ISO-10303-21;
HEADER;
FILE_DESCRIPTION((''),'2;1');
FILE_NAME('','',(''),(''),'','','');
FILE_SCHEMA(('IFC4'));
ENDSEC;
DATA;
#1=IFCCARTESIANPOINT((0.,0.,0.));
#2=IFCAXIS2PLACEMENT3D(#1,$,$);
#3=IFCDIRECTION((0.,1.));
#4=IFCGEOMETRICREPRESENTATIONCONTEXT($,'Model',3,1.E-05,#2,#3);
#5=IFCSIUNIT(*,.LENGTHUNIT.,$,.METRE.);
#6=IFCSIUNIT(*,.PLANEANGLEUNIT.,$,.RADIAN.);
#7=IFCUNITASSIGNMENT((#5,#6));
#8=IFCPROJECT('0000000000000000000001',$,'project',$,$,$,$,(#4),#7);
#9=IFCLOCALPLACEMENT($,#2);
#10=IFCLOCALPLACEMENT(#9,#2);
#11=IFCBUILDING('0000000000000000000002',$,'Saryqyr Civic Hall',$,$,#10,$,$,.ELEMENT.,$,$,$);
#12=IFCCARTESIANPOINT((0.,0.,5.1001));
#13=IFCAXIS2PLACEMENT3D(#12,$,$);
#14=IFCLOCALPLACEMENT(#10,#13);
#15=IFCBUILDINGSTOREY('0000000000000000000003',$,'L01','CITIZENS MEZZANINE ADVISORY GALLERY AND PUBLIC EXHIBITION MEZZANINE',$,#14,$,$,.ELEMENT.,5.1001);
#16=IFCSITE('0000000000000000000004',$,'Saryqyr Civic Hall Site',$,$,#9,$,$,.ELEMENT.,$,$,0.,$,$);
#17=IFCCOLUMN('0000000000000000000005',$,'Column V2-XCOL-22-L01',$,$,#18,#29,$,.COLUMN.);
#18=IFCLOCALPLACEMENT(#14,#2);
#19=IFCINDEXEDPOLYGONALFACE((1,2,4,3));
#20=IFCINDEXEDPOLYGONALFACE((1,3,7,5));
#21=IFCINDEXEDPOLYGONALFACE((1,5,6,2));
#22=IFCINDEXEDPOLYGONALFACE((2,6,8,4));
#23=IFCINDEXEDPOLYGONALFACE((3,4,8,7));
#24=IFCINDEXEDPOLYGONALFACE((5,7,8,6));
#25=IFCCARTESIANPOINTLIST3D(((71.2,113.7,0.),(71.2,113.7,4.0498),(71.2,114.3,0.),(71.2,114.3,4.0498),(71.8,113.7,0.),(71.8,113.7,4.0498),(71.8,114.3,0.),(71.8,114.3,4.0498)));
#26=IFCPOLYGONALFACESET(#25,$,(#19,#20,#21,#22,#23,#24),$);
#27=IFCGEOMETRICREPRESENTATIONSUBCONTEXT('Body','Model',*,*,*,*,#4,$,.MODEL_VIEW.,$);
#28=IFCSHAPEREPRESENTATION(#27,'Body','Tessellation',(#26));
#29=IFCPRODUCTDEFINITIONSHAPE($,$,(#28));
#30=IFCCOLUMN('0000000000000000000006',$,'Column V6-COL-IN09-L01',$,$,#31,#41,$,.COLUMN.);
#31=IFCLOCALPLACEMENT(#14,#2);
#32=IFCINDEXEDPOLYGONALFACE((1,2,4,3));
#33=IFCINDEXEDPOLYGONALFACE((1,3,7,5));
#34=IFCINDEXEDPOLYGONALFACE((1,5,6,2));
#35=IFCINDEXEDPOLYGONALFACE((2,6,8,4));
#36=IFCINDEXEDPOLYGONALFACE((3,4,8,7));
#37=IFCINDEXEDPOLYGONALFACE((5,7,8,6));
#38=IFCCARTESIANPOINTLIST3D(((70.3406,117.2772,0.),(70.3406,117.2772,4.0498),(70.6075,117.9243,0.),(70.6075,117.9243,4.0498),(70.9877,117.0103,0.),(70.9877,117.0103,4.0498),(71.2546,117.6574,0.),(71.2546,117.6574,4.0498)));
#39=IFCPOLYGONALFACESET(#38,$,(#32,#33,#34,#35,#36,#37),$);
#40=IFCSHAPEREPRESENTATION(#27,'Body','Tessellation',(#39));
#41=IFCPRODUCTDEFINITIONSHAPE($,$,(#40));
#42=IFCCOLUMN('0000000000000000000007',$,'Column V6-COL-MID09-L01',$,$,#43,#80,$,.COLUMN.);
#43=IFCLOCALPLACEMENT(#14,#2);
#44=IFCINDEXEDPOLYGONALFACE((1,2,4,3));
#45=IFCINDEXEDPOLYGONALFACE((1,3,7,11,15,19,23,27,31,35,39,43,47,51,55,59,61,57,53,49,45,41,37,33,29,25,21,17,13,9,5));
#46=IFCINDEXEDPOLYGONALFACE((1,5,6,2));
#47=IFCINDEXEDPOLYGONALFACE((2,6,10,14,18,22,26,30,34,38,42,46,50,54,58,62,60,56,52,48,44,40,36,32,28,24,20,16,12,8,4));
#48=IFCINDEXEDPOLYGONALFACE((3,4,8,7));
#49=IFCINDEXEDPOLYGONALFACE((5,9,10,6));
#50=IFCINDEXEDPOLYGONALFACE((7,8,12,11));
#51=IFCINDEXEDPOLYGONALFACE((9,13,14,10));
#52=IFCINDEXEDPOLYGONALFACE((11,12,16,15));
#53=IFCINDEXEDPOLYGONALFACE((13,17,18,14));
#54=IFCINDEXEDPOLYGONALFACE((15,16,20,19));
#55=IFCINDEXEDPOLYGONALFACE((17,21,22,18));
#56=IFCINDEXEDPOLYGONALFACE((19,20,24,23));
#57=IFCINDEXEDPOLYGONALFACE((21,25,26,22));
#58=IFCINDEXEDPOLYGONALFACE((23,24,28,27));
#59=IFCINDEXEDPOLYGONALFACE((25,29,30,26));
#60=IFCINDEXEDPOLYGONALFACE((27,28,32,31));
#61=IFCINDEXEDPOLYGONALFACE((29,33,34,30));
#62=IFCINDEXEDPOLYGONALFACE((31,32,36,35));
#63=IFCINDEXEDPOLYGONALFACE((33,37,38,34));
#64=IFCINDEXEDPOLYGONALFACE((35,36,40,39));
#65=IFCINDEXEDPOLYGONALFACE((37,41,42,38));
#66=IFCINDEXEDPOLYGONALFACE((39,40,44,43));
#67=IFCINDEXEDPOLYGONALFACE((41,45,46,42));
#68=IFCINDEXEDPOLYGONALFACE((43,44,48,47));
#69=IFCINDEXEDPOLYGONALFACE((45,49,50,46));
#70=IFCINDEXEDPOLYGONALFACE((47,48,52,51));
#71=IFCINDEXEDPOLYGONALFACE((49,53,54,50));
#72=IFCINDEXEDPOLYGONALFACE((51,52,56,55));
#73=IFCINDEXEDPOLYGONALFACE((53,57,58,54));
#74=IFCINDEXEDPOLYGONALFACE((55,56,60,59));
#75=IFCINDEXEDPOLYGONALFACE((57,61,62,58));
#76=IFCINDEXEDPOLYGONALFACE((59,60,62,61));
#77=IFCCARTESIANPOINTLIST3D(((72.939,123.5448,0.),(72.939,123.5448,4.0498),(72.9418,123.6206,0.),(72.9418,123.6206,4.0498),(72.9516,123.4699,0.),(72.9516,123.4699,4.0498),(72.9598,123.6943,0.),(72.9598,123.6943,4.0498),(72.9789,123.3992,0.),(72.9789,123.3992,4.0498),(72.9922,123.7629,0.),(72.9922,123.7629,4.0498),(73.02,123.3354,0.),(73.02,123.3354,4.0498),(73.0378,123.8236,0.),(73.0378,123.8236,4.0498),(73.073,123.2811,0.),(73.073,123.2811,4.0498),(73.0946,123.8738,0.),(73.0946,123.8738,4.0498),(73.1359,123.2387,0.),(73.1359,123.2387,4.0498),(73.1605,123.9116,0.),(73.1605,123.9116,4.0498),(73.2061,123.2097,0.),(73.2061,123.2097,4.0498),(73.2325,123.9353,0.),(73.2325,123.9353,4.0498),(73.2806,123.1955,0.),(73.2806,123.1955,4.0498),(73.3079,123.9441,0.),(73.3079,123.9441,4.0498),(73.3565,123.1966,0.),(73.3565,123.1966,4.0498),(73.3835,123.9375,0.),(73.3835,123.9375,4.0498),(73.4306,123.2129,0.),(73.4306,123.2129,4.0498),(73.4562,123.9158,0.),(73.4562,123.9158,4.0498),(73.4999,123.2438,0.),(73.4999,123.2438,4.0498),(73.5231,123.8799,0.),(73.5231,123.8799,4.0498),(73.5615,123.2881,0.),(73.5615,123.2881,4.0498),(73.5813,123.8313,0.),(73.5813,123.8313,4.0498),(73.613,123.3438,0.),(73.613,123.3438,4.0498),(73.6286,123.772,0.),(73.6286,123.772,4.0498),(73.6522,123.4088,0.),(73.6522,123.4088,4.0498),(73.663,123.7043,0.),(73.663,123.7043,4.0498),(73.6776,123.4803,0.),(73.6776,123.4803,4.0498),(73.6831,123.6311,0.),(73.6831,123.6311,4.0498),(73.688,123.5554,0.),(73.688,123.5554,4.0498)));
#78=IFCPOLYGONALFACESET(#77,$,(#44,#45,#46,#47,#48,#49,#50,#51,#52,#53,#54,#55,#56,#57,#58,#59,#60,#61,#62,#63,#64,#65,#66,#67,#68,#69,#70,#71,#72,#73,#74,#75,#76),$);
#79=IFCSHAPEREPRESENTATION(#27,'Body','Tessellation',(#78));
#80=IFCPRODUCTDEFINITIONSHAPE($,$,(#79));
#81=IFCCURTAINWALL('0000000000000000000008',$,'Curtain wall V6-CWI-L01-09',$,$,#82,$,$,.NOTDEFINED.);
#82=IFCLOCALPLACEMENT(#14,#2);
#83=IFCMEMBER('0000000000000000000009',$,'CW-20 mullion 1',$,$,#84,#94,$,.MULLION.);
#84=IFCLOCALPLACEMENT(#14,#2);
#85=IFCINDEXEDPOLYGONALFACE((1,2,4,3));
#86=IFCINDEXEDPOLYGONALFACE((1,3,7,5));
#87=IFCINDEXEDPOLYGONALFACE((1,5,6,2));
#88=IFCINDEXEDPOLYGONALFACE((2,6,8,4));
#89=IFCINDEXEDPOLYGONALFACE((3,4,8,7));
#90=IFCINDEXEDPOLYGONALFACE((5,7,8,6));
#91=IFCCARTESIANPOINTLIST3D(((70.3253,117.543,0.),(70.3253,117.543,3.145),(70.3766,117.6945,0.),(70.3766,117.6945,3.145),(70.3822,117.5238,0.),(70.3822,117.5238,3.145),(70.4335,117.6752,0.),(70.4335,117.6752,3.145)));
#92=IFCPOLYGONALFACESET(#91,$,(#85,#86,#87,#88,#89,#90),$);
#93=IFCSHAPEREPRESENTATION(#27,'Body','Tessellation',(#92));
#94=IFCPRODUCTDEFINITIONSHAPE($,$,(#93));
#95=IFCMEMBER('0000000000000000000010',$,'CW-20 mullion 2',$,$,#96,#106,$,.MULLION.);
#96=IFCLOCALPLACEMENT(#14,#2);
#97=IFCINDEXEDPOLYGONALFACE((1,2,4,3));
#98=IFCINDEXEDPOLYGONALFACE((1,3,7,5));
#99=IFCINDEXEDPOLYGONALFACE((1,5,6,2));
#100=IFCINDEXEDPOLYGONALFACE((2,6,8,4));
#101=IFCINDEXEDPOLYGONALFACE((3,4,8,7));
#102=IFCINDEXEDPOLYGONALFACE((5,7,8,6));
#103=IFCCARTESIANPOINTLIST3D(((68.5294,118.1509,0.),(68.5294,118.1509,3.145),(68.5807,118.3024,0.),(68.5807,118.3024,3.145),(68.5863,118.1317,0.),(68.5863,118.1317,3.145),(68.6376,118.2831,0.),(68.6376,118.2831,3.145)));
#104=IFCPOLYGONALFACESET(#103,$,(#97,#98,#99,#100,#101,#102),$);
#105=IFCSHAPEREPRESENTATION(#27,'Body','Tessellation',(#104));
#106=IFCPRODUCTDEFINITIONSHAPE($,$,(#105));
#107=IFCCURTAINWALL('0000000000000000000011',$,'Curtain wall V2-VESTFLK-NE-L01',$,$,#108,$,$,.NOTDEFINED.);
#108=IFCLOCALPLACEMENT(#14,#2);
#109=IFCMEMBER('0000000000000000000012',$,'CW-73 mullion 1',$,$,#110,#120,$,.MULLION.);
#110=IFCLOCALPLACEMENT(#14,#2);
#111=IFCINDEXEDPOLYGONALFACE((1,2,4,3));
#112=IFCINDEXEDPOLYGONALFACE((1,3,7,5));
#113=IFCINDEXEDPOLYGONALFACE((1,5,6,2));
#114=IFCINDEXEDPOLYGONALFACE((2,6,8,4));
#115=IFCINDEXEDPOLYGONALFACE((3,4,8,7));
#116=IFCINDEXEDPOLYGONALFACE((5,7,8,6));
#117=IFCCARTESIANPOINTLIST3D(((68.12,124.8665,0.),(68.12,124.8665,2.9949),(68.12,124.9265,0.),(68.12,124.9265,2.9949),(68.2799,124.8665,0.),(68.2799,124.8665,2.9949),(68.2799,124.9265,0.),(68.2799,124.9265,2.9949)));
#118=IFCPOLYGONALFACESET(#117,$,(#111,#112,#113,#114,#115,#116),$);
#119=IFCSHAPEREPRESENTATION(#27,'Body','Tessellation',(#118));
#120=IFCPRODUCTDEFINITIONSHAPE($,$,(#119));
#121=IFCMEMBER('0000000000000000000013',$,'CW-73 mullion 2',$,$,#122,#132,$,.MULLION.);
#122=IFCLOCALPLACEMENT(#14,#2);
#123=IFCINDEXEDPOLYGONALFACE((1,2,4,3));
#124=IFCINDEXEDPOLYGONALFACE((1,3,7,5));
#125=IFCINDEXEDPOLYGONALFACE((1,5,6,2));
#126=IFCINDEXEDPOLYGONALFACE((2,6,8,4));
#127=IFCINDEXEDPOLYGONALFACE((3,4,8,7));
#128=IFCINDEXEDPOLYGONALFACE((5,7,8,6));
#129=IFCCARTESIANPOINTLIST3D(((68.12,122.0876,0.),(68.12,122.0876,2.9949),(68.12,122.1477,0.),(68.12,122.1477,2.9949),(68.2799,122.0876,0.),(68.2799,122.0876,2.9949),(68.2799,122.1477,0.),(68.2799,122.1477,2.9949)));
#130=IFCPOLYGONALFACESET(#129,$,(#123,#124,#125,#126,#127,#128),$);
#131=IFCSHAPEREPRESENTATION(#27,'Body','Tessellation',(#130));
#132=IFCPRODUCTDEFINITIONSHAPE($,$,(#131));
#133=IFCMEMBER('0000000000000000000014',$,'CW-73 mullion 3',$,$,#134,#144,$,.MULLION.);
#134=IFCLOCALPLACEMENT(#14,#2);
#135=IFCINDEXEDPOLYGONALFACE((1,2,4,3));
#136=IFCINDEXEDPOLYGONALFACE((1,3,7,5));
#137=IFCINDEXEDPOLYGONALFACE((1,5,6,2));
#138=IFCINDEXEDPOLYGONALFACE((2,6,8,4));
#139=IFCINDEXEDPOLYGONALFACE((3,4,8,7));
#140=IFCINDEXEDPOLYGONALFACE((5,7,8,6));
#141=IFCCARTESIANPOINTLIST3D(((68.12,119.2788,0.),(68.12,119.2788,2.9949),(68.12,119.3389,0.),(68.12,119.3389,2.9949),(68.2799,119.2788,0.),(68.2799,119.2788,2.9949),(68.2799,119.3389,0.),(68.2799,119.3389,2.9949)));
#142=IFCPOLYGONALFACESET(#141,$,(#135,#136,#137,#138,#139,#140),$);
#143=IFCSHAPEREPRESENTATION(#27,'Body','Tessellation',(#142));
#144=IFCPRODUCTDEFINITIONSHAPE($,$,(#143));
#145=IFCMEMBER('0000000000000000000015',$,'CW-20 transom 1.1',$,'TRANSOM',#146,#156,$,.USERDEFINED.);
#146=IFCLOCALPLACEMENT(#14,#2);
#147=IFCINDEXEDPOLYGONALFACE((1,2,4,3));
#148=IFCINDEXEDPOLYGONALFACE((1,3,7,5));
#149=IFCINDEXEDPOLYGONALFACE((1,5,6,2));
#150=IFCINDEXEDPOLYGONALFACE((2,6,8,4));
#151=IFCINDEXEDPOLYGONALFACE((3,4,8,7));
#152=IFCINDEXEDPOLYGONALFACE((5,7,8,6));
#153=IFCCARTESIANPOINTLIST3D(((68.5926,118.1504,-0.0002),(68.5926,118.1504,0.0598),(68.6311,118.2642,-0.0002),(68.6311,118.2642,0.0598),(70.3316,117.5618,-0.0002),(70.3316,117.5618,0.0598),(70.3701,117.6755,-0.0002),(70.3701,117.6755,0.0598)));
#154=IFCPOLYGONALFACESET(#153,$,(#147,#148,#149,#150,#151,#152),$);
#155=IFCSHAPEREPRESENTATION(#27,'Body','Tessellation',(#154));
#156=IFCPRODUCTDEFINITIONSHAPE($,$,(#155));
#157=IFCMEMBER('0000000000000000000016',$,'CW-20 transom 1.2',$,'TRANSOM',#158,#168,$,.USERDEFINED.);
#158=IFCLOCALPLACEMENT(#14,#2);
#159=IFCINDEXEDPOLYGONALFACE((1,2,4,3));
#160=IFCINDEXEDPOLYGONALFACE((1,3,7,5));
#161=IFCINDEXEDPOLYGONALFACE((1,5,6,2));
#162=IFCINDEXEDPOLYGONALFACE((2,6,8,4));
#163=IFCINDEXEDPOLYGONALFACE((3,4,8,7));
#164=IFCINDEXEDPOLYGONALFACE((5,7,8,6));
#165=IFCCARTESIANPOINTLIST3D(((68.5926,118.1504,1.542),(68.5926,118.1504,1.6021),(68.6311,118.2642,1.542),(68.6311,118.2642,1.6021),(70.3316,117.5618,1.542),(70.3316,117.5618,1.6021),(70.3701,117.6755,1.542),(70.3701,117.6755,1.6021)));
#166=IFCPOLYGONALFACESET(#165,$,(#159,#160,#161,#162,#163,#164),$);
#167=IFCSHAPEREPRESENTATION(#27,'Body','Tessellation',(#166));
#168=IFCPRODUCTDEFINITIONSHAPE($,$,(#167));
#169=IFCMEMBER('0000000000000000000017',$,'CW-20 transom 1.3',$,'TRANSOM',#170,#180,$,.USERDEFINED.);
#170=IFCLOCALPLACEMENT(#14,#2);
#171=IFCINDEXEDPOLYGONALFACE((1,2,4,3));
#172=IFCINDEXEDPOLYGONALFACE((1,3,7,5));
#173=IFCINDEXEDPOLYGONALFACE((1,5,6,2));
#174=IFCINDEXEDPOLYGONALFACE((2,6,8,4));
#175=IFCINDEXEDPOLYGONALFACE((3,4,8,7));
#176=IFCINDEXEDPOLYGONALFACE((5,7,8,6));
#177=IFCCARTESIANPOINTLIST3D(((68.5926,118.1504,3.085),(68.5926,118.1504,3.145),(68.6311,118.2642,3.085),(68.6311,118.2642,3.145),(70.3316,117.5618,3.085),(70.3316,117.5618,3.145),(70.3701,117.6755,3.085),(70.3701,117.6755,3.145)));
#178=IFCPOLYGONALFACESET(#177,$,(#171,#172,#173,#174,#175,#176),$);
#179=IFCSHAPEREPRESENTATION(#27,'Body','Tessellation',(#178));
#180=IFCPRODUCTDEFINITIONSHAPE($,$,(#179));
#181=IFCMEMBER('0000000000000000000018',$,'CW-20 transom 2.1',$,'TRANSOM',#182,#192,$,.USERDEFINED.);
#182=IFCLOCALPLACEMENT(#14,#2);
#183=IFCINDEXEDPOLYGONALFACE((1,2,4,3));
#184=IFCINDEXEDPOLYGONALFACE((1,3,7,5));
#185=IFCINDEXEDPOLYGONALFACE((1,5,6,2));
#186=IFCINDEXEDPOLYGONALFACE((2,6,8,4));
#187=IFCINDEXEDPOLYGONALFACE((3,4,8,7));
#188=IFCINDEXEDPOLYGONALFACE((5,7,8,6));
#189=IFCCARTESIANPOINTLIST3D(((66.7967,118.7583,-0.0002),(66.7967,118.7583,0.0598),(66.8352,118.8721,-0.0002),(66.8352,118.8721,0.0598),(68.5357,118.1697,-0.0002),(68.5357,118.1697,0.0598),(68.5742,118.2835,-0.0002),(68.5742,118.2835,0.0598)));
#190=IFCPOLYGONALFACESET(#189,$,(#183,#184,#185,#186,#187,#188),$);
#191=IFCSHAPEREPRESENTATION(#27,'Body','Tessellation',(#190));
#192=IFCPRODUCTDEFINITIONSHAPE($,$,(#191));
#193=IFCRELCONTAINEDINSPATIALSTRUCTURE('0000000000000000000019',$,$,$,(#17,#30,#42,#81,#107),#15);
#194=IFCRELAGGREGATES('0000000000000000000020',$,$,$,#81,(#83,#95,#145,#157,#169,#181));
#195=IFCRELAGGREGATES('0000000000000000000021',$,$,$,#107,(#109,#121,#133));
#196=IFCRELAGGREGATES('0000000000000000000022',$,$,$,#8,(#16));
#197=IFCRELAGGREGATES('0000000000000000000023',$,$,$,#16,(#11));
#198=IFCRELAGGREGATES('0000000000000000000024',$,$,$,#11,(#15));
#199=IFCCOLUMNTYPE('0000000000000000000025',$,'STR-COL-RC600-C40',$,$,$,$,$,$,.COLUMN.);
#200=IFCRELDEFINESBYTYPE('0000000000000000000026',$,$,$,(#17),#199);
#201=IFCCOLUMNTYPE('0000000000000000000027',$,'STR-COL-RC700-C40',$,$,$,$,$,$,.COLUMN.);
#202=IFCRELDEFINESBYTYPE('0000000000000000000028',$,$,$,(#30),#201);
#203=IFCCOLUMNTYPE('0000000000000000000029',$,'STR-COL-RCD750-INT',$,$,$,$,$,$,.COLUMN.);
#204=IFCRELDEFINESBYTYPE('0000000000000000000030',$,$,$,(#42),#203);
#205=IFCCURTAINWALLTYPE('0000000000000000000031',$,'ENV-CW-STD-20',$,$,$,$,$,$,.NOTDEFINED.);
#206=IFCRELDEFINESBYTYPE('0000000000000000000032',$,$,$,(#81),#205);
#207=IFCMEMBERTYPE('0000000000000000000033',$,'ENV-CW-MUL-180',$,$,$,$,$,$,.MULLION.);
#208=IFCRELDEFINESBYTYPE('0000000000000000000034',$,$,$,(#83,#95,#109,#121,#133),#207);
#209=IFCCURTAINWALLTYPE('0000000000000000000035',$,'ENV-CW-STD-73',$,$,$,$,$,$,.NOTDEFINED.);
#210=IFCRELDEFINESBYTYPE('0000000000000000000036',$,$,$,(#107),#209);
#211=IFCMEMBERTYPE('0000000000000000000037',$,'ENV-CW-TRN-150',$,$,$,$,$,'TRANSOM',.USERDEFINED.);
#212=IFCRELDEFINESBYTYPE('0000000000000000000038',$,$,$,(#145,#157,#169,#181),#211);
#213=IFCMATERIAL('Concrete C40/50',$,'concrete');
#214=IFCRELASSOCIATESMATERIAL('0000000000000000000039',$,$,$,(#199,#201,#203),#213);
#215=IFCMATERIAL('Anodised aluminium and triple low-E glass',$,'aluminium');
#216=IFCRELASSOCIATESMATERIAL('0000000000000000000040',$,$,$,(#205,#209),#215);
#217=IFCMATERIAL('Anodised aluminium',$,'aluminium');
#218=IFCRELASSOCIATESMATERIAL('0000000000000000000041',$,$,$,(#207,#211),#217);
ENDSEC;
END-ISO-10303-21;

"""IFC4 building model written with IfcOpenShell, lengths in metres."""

from ifc_helpers import new_model, si_unit, direction, frame, origin, origin_2d, place, context, subcontext, project, spatial, rectangle, circle, extrude, material, material_profile, profile_set, type_object, element, aggregate, save


model = new_model("IFC4")

# Units and contexts
model_context = context("Model", 3, precision=1e-05, world=origin(), true_north=direction((0.0, 1.0)))
body_context = subcontext(model_context, "Body", "Model", "MODEL_VIEW")
ifc_project = project(units=[si_unit("LENGTHUNIT", "METRE"), si_unit("PLANEANGLEUNIT", "RADIAN")], contexts=[model_context])

# Site, building, storey
site_placement = place(None, origin())
site = spatial("IfcSite", under=ifc_project, at=site_placement, Name="Saryqyr Civic Hall Site", CompositionType="ELEMENT", RefElevation=0.0)
building_placement = place(site_placement, origin())
building = spatial("IfcBuilding", under=site, at=building_placement, Name="Saryqyr Civic Hall", CompositionType="ELEMENT")
storey_placement = place(building_placement, frame((0.0, 0.0, 5.1001)))
storey = spatial("IfcBuildingStorey", under=building, at=storey_placement, Name="L01", Description="CITIZENS MEZZANINE ADVISORY GALLERY AND PUBLIC EXHIBITION MEZZANINE", CompositionType="ELEMENT", Elevation=5.1001)

# Columns
ifc_material_1 = material(Name="Concrete C40/50", Category="concrete")
ifc_material_profile_1 = material_profile(ifc_material_1, rectangle(XDim=0.6001, YDim=0.6001, at=origin_2d()), Name="RC 600x600")
ifc_profile_set_1 = profile_set([ifc_material_profile_1], Name="Concrete C40/50")
column_type_1 = type_object("IfcColumnType", Name="STR-COL-RC600-C40", PredefinedType="COLUMN", material=ifc_profile_set_1)
column_1_placement = place(storey_placement, frame((71.5, 114.0, 0.0), z_axis=(0.0, 0.0, 1.0), x_axis=(1.0, 0.0, 0.0)))
element("IfcColumn", 1, at=column_1_placement, inside=storey, type_object=column_type_1, Name="Column V2-XCOL-22-L01", PredefinedType="COLUMN", context=body_context, shape_type="SweptSolid", body=[
    extrude(rectangle(XDim=0.6001, YDim=0.6001, at=origin_2d()), origin(), (0.0, 0.0, 1.0), 4.0498),
])
ifc_material_profile_2 = material_profile(ifc_material_1, rectangle(XDim=0.7, YDim=0.7, at=origin_2d()), Name="RC 700x700")
ifc_profile_set_2 = profile_set([ifc_material_profile_2], Name="Concrete C40/50")
column_type_2 = type_object("IfcColumnType", Name="STR-COL-RC700-C40", PredefinedType="COLUMN", material=ifc_profile_set_2)
column_2_placement = place(storey_placement, frame((70.7976, 117.4673, 0.0), z_axis=(0.0, 0.0, 1.0), x_axis=(0.381232, 0.92448, 0.0)))
element("IfcColumn", 2, at=column_2_placement, inside=storey, type_object=column_type_2, Name="Column V6-COL-IN09-L01", PredefinedType="COLUMN", context=body_context, shape_type="SweptSolid", body=[
    extrude(rectangle(XDim=0.7, YDim=0.7, at=origin_2d()), origin(), (0.0, 0.0, 1.0), 4.0498),
])
ifc_material_profile_3 = material_profile(ifc_material_1, circle(Radius=0.375, at=origin_2d()), Name="RC D750")
ifc_profile_set_3 = profile_set([ifc_material_profile_3], Name="Concrete C40/50")
column_type_3 = type_object("IfcColumnType", Name="STR-COL-RCD750-INT", PredefinedType="COLUMN", material=ifc_profile_set_3)
column_3_placement = place(storey_placement, frame((73.3132, 123.5691, 0.0), z_axis=(0.0, 0.0, 1.0), x_axis=(0.381232, 0.92448, 0.0)))
element("IfcColumn", 3, at=column_3_placement, inside=storey, type_object=column_type_3, Name="Column V6-COL-MID09-L01", PredefinedType="COLUMN", context=body_context, shape_type="SweptSolid", body=[
    extrude(circle(Radius=0.375, at=origin_2d()), origin(), (0.0, 0.0, 1.0), 4.0498),
])

# Curtain walls, members
ifc_material_2 = material(Name="Anodised aluminium and triple low-E glass", Category="aluminium")
curtain_wall_type_1 = type_object("IfcCurtainWallType", Name="ENV-CW-STD-20", PredefinedType="NOTDEFINED", material=ifc_material_2)
curtain_wall_1_placement = place(storey_placement, origin())
curtain_wall_1 = element("IfcCurtainWall", 4, at=curtain_wall_1_placement, inside=storey, type_object=curtain_wall_type_1, Name="Curtain wall V6-CWI-L01-09", PredefinedType="NOTDEFINED")
ifc_material_3 = material(Name="Anodised aluminium", Category="aluminium")
ifc_material_profile_4 = material_profile(ifc_material_3, rectangle(XDim=0.0601, YDim=0.1599, at=origin_2d()), Name="ALU MULLION 60x160")
ifc_profile_set_4 = profile_set([ifc_material_profile_4], Name="Anodised aluminium")
member_type_1 = type_object("IfcMemberType", Name="ENV-CW-MUL-180", PredefinedType="MULLION", material=ifc_profile_set_4)
member_1_placement = place(storey_placement, frame((70.3794, 117.6091, 0.0), z_axis=(0.0, 0.0, 1.0), x_axis=(-0.947198, 0.320648, 0.0)))
member_1 = element("IfcMember", 5, at=member_1_placement, type_object=member_type_1, Name="CW-20 mullion 1", PredefinedType="MULLION", context=body_context, shape_type="SweptSolid", body=[
    extrude(rectangle(XDim=0.0601, YDim=0.1599, at=origin_2d()), origin(), (0.0, 0.0, 1.0), 3.145),
])
member_2_placement = place(storey_placement, frame((68.5835, 118.217, 0.0), z_axis=(0.0, 0.0, 1.0), x_axis=(-0.947198, 0.320648, 0.0)))
member_2 = element("IfcMember", 6, at=member_2_placement, type_object=member_type_1, Name="CW-20 mullion 2", PredefinedType="MULLION", context=body_context, shape_type="SweptSolid", body=[
    extrude(rectangle(XDim=0.0601, YDim=0.1599, at=origin_2d()), origin(), (0.0, 0.0, 1.0), 3.145),
])
curtain_wall_type_2 = type_object("IfcCurtainWallType", Name="ENV-CW-STD-73", PredefinedType="NOTDEFINED", material=ifc_material_2)
curtain_wall_2_placement = place(storey_placement, origin())
curtain_wall_2 = element("IfcCurtainWall", 7, at=curtain_wall_2_placement, inside=storey, type_object=curtain_wall_type_2, Name="Curtain wall V2-VESTFLK-NE-L01", PredefinedType="NOTDEFINED")
member_3_placement = place(storey_placement, frame((68.2, 124.8965, 0.0), z_axis=(0.0, 0.0, 1.0), x_axis=(0.0, -1.0, 0.0)))
member_3 = element("IfcMember", 8, at=member_3_placement, type_object=member_type_1, Name="CW-73 mullion 1", PredefinedType="MULLION", context=body_context, shape_type="SweptSolid", body=[
    extrude(rectangle(XDim=0.0601, YDim=0.1599, at=origin_2d()), origin(), (0.0, 0.0, 1.0), 2.9949),
])
member_4_placement = place(storey_placement, frame((68.2, 122.1177, 0.0), z_axis=(0.0, 0.0, 1.0), x_axis=(0.0, -1.0, 0.0)))
member_4 = element("IfcMember", 9, at=member_4_placement, type_object=member_type_1, Name="CW-73 mullion 2", PredefinedType="MULLION", context=body_context, shape_type="SweptSolid", body=[
    extrude(rectangle(XDim=0.0601, YDim=0.1599, at=origin_2d()), origin(), (0.0, 0.0, 1.0), 2.9949),
])
member_5_placement = place(storey_placement, frame((68.2, 119.3088, 0.0), z_axis=(0.0, 0.0, 1.0), x_axis=(0.0, -1.0, 0.0)))
member_5 = element("IfcMember", 10, at=member_5_placement, type_object=member_type_1, Name="CW-73 mullion 3", PredefinedType="MULLION", context=body_context, shape_type="SweptSolid", body=[
    extrude(rectangle(XDim=0.0601, YDim=0.1599, at=origin_2d()), origin(), (0.0, 0.0, 1.0), 2.9949),
])

# Members
ifc_material_profile_5 = material_profile(ifc_material_3, rectangle(XDim=0.1201, YDim=0.0601, at=origin_2d()), Name="ALU TRANSOM 120x60")
ifc_profile_set_5 = profile_set([ifc_material_profile_5], Name="Anodised aluminium")
member_type_2 = type_object("IfcMemberType", Name="ENV-CW-TRN-150", ElementType="TRANSOM", PredefinedType="USERDEFINED", material=ifc_profile_set_5)
member_6_placement = place(storey_placement, frame((70.3508, 117.6187, 0.0298), z_axis=(-0.94721, 0.320613, 0.0), x_axis=(-0.320613, -0.94721, 0.0)))
member_6 = element("IfcMember", 11, at=member_6_placement, type_object=member_type_2, Name="CW-20 transom 1.1", ObjectType="TRANSOM", PredefinedType="USERDEFINED", context=body_context, shape_type="SweptSolid", body=[
    extrude(rectangle(XDim=0.1201, YDim=0.0601, at=origin_2d()), origin(), (0.0, 0.0, 1.0), 1.8359),
])
member_7_placement = place(storey_placement, frame((70.3508, 117.6187, 1.572), z_axis=(-0.94721, 0.320613, 0.0), x_axis=(-0.320613, -0.94721, 0.0)))
member_7 = element("IfcMember", 12, at=member_7_placement, type_object=member_type_2, Name="CW-20 transom 1.2", ObjectType="TRANSOM", PredefinedType="USERDEFINED", context=body_context, shape_type="SweptSolid", body=[
    extrude(rectangle(XDim=0.1201, YDim=0.0601, at=origin_2d()), origin(), (0.0, 0.0, 1.0), 1.8359),
])
member_8_placement = place(storey_placement, frame((70.3508, 117.6187, 3.115), z_axis=(-0.94721, 0.320613, 0.0), x_axis=(-0.320613, -0.94721, 0.0)))
member_8 = element("IfcMember", 13, at=member_8_placement, type_object=member_type_2, Name="CW-20 transom 1.3", ObjectType="TRANSOM", PredefinedType="USERDEFINED", context=body_context, shape_type="SweptSolid", body=[
    extrude(rectangle(XDim=0.1201, YDim=0.0601, at=origin_2d()), origin(), (0.0, 0.0, 1.0), 1.8359),
])
member_9_placement = place(storey_placement, frame((68.5549, 118.2266, 0.0298), z_axis=(-0.94721, 0.320613, 0.0), x_axis=(-0.320613, -0.94721, 0.0)))
member_9 = element("IfcMember", 14, at=member_9_placement, type_object=member_type_2, Name="CW-20 transom 2.1", ObjectType="TRANSOM", PredefinedType="USERDEFINED", context=body_context, shape_type="SweptSolid", body=[
    extrude(rectangle(XDim=0.1201, YDim=0.0601, at=origin_2d()), origin(), (0.0, 0.0, 1.0), 1.8359),
])

aggregate(curtain_wall_1, [member_1, member_2, member_6, member_7, member_8, member_9])
aggregate(curtain_wall_2, [member_3, member_4, member_5])

save(model, "model.ifc")
